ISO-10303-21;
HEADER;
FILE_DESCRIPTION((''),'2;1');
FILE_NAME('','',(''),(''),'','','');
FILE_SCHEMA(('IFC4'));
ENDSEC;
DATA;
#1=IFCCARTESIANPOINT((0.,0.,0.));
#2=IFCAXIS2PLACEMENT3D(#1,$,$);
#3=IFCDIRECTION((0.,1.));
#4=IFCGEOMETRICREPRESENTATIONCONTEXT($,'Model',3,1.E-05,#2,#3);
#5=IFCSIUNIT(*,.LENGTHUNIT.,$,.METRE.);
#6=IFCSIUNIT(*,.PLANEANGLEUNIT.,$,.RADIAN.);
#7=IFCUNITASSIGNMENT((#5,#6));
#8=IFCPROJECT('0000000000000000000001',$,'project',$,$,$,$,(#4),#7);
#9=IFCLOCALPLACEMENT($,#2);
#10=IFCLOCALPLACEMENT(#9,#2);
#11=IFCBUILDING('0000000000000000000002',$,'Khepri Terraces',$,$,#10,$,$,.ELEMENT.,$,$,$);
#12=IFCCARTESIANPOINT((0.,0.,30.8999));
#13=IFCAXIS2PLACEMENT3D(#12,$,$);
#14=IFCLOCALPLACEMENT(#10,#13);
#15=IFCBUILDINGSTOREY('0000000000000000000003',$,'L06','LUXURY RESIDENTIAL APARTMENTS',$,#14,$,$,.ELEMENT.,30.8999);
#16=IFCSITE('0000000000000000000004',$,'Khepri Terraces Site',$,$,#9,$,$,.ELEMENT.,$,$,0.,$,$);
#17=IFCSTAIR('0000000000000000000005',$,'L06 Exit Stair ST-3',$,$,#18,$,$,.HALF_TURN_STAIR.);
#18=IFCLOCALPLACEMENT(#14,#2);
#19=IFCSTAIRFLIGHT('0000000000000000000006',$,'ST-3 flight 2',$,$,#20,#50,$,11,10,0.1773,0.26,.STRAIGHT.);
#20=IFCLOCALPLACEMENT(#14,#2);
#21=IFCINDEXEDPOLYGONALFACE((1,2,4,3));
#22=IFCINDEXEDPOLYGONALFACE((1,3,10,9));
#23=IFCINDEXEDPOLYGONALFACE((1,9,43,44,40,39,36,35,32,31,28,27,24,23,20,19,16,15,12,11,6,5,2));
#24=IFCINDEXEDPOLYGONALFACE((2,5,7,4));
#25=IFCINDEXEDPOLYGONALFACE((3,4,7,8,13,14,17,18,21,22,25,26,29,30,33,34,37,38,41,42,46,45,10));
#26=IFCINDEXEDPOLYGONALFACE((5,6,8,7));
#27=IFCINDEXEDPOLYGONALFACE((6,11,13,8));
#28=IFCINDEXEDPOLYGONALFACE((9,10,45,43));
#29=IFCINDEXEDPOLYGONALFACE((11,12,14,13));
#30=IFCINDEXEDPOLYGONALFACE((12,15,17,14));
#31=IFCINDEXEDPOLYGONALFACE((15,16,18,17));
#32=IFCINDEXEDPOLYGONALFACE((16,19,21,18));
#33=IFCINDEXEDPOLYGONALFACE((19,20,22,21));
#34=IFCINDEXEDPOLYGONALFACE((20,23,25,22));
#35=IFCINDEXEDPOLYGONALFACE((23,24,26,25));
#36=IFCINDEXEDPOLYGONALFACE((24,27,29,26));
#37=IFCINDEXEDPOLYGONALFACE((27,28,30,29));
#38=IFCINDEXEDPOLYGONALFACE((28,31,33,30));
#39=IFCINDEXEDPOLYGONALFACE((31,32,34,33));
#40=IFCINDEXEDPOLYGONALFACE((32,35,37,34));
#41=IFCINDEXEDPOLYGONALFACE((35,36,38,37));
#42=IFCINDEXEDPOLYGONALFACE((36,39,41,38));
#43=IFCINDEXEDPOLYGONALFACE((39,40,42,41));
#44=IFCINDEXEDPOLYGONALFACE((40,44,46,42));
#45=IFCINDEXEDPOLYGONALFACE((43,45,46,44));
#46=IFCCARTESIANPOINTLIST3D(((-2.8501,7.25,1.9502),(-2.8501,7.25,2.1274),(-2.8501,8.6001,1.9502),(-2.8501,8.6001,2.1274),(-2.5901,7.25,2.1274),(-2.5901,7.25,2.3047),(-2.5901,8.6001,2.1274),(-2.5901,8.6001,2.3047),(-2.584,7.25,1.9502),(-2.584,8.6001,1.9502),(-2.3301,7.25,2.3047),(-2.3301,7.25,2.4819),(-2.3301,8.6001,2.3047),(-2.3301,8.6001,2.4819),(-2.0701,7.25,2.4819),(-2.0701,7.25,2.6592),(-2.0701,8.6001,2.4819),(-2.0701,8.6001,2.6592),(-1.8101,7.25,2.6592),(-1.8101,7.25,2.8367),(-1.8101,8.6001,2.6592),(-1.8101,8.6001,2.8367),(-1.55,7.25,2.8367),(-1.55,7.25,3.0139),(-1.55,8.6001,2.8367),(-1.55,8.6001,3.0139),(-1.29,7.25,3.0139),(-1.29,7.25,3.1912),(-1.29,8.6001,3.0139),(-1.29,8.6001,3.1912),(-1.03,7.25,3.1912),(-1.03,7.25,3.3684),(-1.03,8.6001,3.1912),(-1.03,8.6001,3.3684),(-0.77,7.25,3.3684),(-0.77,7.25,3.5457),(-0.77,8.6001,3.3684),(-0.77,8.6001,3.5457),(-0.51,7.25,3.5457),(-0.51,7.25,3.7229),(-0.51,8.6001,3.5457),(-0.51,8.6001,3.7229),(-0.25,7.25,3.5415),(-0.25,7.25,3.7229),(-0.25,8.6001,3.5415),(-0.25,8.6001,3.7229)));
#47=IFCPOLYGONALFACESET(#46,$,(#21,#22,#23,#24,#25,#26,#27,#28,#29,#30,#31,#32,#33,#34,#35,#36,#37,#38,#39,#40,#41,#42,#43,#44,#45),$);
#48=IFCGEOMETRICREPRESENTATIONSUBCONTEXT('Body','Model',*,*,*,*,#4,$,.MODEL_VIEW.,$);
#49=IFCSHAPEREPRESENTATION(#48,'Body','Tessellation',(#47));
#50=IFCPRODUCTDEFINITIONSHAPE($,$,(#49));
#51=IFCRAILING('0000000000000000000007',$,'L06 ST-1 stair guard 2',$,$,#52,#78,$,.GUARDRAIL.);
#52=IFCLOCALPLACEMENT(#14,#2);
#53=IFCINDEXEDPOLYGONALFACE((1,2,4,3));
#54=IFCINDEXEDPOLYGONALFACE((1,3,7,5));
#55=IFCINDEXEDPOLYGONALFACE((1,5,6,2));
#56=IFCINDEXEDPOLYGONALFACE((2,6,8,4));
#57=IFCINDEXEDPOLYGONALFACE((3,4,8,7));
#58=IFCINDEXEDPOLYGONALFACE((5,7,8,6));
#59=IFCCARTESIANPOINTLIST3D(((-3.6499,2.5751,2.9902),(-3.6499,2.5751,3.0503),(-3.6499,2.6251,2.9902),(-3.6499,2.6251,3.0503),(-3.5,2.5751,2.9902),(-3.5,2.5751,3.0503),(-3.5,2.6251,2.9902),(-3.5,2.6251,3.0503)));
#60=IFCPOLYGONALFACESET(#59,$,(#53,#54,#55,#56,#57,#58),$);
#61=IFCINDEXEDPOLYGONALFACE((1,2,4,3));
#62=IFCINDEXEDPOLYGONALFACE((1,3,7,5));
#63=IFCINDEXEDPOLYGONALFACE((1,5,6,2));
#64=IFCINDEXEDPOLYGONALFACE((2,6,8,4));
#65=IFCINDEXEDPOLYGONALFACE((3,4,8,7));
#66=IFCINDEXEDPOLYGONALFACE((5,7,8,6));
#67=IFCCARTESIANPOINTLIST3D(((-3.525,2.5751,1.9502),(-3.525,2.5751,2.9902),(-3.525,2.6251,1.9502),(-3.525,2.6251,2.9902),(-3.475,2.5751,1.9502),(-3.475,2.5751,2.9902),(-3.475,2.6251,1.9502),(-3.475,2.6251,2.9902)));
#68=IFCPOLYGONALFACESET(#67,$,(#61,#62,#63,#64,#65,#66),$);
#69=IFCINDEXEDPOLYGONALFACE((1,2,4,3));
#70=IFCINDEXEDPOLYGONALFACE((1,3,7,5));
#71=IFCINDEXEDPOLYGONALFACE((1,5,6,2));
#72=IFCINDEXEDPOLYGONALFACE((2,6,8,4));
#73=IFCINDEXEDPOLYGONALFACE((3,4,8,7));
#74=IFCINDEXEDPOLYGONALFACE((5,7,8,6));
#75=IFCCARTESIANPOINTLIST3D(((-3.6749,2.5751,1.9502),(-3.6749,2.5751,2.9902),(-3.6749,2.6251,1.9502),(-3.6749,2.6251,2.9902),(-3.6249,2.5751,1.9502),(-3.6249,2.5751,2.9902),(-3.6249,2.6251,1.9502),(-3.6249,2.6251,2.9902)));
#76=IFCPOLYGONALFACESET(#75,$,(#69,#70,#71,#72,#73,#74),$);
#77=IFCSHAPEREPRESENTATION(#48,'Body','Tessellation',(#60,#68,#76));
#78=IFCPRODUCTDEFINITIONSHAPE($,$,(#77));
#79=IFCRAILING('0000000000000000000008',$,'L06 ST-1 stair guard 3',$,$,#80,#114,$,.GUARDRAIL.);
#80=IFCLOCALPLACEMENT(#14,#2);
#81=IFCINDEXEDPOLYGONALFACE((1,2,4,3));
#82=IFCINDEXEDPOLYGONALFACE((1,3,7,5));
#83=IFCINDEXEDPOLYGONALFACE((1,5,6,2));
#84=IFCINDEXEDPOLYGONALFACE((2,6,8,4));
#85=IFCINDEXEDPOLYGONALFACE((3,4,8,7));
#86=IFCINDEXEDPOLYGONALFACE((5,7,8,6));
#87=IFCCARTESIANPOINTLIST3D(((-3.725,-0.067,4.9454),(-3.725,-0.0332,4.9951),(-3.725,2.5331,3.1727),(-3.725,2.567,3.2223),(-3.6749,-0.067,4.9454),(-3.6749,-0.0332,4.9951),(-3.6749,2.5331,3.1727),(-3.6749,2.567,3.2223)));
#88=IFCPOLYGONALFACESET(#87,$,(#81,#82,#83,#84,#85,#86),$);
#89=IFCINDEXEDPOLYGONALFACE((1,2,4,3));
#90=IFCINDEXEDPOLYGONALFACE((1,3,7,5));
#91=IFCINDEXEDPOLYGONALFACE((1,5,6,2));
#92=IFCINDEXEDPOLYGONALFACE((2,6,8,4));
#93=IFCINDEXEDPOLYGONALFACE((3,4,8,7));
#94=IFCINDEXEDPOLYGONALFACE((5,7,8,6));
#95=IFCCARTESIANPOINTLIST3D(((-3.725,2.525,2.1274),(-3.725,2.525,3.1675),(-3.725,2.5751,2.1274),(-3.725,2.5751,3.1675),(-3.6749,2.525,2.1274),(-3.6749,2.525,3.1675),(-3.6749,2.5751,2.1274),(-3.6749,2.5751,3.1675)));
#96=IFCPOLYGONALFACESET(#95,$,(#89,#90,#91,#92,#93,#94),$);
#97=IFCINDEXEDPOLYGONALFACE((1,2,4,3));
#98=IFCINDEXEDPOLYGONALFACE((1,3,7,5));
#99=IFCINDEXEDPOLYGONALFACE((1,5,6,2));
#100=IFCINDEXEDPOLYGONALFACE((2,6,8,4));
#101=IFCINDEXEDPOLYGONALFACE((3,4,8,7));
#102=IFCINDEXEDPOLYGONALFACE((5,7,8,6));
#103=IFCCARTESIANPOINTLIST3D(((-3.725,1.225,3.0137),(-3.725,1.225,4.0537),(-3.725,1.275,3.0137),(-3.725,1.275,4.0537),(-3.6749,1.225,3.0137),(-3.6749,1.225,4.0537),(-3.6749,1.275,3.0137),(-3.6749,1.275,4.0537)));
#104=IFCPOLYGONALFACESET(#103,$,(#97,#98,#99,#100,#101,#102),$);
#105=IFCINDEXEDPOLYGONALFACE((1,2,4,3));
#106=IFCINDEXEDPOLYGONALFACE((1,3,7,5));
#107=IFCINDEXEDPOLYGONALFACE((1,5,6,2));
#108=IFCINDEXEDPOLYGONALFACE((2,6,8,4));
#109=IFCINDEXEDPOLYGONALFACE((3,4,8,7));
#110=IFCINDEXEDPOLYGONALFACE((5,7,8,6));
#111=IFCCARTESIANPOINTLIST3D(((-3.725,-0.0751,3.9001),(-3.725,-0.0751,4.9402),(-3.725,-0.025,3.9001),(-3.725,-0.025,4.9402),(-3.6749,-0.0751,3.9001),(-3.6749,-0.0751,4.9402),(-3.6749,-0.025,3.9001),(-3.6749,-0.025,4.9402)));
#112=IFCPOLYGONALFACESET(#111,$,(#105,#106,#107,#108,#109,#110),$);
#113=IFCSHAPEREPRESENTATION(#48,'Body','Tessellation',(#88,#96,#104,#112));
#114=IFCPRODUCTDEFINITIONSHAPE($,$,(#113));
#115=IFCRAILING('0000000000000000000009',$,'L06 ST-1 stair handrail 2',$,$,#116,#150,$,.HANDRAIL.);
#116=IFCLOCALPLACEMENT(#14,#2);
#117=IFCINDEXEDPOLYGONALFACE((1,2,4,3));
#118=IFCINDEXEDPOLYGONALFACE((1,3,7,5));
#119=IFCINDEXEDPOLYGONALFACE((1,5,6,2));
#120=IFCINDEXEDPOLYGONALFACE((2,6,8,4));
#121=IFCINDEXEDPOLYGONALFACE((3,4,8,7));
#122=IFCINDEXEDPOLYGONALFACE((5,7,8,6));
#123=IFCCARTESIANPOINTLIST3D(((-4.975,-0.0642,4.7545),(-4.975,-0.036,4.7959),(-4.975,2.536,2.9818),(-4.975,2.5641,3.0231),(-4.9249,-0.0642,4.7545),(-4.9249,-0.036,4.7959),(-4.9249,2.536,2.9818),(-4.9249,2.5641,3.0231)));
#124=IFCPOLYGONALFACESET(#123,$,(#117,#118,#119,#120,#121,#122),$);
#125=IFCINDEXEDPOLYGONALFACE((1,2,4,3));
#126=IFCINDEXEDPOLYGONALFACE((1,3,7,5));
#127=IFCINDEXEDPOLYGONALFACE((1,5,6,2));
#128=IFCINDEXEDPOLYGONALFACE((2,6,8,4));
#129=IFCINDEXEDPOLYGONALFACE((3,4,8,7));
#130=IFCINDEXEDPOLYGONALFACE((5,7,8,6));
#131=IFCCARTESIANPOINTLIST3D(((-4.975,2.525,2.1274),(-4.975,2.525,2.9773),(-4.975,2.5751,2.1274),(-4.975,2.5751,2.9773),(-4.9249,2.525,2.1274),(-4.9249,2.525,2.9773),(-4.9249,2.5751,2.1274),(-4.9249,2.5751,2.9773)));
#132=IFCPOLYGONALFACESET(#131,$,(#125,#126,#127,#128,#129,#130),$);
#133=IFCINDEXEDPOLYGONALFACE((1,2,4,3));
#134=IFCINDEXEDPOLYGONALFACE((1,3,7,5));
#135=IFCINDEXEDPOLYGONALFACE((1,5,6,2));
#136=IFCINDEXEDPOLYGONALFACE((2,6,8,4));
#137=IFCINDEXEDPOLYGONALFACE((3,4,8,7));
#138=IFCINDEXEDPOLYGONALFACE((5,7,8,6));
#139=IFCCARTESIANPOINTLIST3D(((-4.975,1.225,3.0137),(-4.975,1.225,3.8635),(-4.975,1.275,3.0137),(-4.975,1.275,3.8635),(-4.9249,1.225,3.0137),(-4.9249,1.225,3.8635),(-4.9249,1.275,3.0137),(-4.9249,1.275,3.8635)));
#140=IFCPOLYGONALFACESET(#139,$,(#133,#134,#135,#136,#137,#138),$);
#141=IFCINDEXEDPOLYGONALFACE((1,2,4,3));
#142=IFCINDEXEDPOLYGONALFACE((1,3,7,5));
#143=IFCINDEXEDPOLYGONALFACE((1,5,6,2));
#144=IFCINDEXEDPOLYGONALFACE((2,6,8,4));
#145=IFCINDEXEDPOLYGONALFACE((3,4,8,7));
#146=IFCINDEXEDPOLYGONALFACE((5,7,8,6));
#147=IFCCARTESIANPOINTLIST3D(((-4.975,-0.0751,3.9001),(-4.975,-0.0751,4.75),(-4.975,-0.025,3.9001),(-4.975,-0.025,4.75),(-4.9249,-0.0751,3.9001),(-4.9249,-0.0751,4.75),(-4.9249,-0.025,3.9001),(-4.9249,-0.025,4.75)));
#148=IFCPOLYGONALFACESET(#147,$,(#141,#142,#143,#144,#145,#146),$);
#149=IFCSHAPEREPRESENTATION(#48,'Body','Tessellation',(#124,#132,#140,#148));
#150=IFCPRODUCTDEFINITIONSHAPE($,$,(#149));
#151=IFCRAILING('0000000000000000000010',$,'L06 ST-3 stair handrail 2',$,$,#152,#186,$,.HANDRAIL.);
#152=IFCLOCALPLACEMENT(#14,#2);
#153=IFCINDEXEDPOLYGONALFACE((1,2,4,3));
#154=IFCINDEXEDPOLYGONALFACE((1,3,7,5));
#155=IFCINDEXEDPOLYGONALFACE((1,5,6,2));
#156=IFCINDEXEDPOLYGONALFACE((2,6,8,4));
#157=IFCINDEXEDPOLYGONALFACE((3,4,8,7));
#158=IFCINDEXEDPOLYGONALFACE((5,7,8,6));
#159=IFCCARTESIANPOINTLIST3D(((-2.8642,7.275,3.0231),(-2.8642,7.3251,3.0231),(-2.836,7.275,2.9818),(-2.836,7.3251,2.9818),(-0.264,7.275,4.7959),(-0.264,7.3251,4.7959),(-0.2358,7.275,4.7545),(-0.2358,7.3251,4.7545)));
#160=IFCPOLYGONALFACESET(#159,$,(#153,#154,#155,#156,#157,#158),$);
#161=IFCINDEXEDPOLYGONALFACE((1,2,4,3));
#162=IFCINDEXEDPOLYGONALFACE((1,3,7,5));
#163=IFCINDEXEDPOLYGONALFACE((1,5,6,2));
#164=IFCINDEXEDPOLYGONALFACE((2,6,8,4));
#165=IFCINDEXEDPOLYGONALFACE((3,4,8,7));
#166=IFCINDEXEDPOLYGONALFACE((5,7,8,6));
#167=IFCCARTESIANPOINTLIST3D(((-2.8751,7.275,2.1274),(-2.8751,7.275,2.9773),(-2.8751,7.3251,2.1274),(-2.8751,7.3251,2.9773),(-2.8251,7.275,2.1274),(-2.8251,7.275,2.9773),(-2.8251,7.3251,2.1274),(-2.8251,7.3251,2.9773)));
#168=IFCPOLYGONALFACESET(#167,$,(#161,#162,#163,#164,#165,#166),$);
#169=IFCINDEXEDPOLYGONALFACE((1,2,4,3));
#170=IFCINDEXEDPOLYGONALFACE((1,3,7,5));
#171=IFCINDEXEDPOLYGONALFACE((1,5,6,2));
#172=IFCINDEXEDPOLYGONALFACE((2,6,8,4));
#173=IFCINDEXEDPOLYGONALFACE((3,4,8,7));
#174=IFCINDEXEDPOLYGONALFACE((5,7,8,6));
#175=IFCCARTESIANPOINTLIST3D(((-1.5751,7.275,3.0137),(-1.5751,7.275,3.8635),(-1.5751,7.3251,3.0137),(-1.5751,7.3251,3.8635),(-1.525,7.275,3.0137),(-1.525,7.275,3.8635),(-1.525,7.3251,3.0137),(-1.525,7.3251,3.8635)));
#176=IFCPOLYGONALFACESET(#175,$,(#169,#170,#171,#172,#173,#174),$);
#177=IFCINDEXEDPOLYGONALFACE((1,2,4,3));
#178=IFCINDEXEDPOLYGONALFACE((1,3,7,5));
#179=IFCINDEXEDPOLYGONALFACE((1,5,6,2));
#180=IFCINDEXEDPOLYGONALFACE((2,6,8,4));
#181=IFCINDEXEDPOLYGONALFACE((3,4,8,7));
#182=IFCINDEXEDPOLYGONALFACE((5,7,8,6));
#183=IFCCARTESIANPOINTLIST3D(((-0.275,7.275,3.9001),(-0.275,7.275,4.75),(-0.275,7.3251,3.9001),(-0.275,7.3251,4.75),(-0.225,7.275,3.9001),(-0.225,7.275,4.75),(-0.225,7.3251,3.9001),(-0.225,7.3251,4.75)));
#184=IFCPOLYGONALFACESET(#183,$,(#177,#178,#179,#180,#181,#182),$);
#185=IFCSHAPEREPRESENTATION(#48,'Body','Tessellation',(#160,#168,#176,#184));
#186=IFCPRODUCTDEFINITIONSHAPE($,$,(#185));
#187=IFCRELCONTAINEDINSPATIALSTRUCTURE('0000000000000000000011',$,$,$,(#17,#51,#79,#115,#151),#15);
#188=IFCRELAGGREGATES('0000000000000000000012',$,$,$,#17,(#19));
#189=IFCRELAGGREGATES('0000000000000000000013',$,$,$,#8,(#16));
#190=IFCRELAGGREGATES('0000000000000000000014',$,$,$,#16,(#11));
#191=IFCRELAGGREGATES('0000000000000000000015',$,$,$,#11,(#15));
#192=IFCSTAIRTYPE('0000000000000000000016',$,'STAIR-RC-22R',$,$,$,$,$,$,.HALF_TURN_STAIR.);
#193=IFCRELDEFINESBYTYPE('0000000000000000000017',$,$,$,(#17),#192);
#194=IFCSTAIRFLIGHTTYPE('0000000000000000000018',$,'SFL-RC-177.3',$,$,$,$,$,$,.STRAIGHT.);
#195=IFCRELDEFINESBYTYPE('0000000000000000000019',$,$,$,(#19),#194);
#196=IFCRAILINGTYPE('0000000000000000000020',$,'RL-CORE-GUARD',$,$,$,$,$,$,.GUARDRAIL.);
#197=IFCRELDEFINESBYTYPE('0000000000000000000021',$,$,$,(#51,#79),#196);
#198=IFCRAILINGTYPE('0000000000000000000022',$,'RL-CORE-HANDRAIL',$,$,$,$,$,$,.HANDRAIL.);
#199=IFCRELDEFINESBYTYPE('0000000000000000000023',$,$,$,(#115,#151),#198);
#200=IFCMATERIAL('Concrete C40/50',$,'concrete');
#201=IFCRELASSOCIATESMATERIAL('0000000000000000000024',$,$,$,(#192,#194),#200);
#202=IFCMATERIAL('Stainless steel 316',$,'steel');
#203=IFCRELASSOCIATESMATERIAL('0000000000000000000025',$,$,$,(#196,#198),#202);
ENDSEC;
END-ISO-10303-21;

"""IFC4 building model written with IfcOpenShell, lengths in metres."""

from ifc_helpers import new_model, si_unit, direction, frame, origin, origin_2d, place, context, subcontext, project, spatial, polyline, rectangle, outline, extrude, material, type_object, element, aggregate, save


model = new_model("IFC4")

# Units and contexts
model_context = context("Model", 3, precision=1e-05, world=origin(), true_north=direction((0.0, 1.0)))
body_context = subcontext(model_context, "Body", "Model", "MODEL_VIEW")
ifc_project = project(units=[si_unit("LENGTHUNIT", "METRE"), si_unit("PLANEANGLEUNIT", "RADIAN")], contexts=[model_context])

# Site, building, storey
site_placement = place(None, origin())
site = spatial("IfcSite", under=ifc_project, at=site_placement, Name="Khepri Terraces Site", CompositionType="ELEMENT", RefElevation=0.0)
building_placement = place(site_placement, origin())
building = spatial("IfcBuilding", under=site, at=building_placement, Name="Khepri Terraces", CompositionType="ELEMENT")
storey_placement = place(building_placement, frame((0.0, 0.0, 30.8999)))
storey = spatial("IfcBuildingStorey", under=building, at=storey_placement, Name="L06", Description="LUXURY RESIDENTIAL APARTMENTS", CompositionType="ELEMENT", Elevation=30.8999)

# Shared definitions
ifc_material_1 = material(Name="Concrete C40/50", Category="concrete")

# Stair, stair flight
stair_type = type_object("IfcStairType", Name="STAIR-RC-22R", PredefinedType="HALF_TURN_STAIR", material=ifc_material_1)
stair_flight_type = type_object("IfcStairFlightType", Name="SFL-RC-177.3", PredefinedType="STRAIGHT", material=ifc_material_1)
stair_1_placement = place(storey_placement, origin())
stair_1 = element("IfcStair", 1, at=stair_1_placement, inside=storey, type_object=stair_type, Name="L06 Exit Stair ST-3", PredefinedType="HALF_TURN_STAIR")
stair_flight_1_placement = place(storey_placement, frame((-2.8501, 7.925, 1.9502), z_axis=(0.0, 0.0, 1.0), x_axis=(1.0, 0.0, 0.0)))
stair_flight_1 = element("IfcStairFlight", 2, at=stair_flight_1_placement, type_object=stair_flight_type, Name="ST-3 flight 2", NumberOfRisers=11, NumberOfTreads=10, PredefinedType="STRAIGHT", RiserHeight=0.1773, TreadLength=0.26, context=body_context, shape_type="SweptSolid", body=[
    extrude(outline(polyline([(0.0, 0.0), (0.0, 0.1772), (0.26, 0.1772), (0.26, 0.3545), (0.52, 0.3545), (0.52, 0.5317), (0.78, 0.5317), (0.78, 0.709), (1.04, 0.709), (1.04, 0.8865), (1.3, 0.8865), (1.3, 1.0637), (1.5601, 1.0637), (1.5601, 1.241), (1.8201, 1.241), (1.8201, 1.4182), (2.0801, 1.4182), (2.0801, 1.5955), (2.3401, 1.5955), (2.3401, 1.7727), (2.6001, 1.7727), (2.6001, 1.95), (2.6001, 1.5913), (0.2661, 0.0), (0.0, 0.0)])), frame((0.0, 0.675, 0.0), z_axis=(0.0, -1.0, 0.0), x_axis=(1.0, 0.0, 0.0)), (0.0, 0.0, 1.0), 1.3501),
])
aggregate(stair_1, [stair_flight_1])

# Railings
ifc_material_2 = material(Name="Stainless steel 316", Category="steel")
railing_type_1 = type_object("IfcRailingType", Name="RL-CORE-GUARD", PredefinedType="GUARDRAIL", material=ifc_material_2)
railing_1_placement = place(storey_placement, frame((-3.5, 2.6001, 1.9502)))
element("IfcRailing", 3, at=railing_1_placement, inside=storey, type_object=railing_type_1, Name="L06 ST-1 stair guard 2", PredefinedType="GUARDRAIL", context=body_context, shape_type="SweptSolid", body=[
    extrude(rectangle(XDim=0.05, YDim=0.0601, at=origin_2d()), frame((0.0, 0.0, 1.0701), z_axis=(-1.0, 0.0, 0.0), x_axis=(0.0, -1.0, 0.0)), (0.0, 0.0, 1.0), 0.1499),
    extrude(rectangle(XDim=0.05, YDim=0.05, at=origin_2d()), origin(), (0.0, 0.0, 1.0), 1.04),
    extrude(rectangle(XDim=0.05, YDim=0.05, at=origin_2d()), frame((-0.1499, 0.0, 0.0)), (0.0, 0.0, 1.0), 1.04),
])
railing_2_placement = place(storey_placement, frame((-3.7, 2.55, 2.1274)))
element("IfcRailing", 4, at=railing_2_placement, inside=storey, type_object=railing_type_1, Name="L06 ST-1 stair guard 3", PredefinedType="GUARDRAIL", context=body_context, shape_type="SweptSolid", body=[
    extrude(rectangle(XDim=0.05, YDim=0.0601, at=origin_2d()), frame((0.0, 0.0, 1.0701), z_axis=(0.0, -0.82624, 0.563318), x_axis=(1.0, 0.0, 0.0)), (0.0, 0.0, 1.0), 3.147),
    extrude(rectangle(XDim=0.05, YDim=0.05, at=origin_2d()), origin(), (0.0, 0.0, 1.0), 1.04),
    extrude(rectangle(XDim=0.05, YDim=0.05, at=origin_2d()), frame((0.0, -1.3, 0.8862)), (0.0, 0.0, 1.0), 1.04),
    extrude(rectangle(XDim=0.05, YDim=0.05, at=origin_2d()), frame((0.0, -2.6001, 1.7727)), (0.0, 0.0, 1.0), 1.04),
])
railing_type_2 = type_object("IfcRailingType", Name="RL-CORE-HANDRAIL", PredefinedType="HANDRAIL", material=ifc_material_2)
railing_3_placement = place(storey_placement, frame((-4.95, 2.55, 2.1274)))
element("IfcRailing", 5, at=railing_3_placement, inside=storey, type_object=railing_type_2, Name="L06 ST-1 stair handrail 2", PredefinedType="HANDRAIL", context=body_context, shape_type="SweptSolid", body=[
    extrude(rectangle(XDim=0.05, YDim=0.05, at=origin_2d()), frame((0.0, 0.0, 0.875), z_axis=(0.0, -0.82624, 0.563318), x_axis=(1.0, 0.0, 0.0)), (0.0, 0.0, 1.0), 3.147),
    extrude(rectangle(XDim=0.05, YDim=0.05, at=origin_2d()), origin(), (0.0, 0.0, 1.0), 0.8499),
    extrude(rectangle(XDim=0.05, YDim=0.05, at=origin_2d()), frame((0.0, -1.3, 0.8862)), (0.0, 0.0, 1.0), 0.8499),
    extrude(rectangle(XDim=0.05, YDim=0.05, at=origin_2d()), frame((0.0, -2.6001, 1.7727)), (0.0, 0.0, 1.0), 0.8499),
])
railing_4_placement = place(storey_placement, frame((-2.8501, 7.3, 2.1274)))
element("IfcRailing", 6, at=railing_4_placement, inside=storey, type_object=railing_type_2, Name="L06 ST-3 stair handrail 2", PredefinedType="HANDRAIL", context=body_context, shape_type="SweptSolid", body=[
    extrude(rectangle(XDim=0.05, YDim=0.05, at=origin_2d()), frame((0.0, 0.0, 0.875), z_axis=(0.82624, 0.0, 0.563318), x_axis=(0.0, 1.0, 0.0)), (0.0, 0.0, 1.0), 3.147),
    extrude(rectangle(XDim=0.05, YDim=0.05, at=origin_2d()), origin(), (0.0, 0.0, 1.0), 0.8499),
    extrude(rectangle(XDim=0.05, YDim=0.05, at=origin_2d()), frame((1.3, 0.0, 0.8862)), (0.0, 0.0, 1.0), 0.8499),
    extrude(rectangle(XDim=0.05, YDim=0.05, at=origin_2d()), frame((2.6001, 0.0, 1.7727)), (0.0, 0.0, 1.0), 0.8499),
])

save(model, "model.ifc")
